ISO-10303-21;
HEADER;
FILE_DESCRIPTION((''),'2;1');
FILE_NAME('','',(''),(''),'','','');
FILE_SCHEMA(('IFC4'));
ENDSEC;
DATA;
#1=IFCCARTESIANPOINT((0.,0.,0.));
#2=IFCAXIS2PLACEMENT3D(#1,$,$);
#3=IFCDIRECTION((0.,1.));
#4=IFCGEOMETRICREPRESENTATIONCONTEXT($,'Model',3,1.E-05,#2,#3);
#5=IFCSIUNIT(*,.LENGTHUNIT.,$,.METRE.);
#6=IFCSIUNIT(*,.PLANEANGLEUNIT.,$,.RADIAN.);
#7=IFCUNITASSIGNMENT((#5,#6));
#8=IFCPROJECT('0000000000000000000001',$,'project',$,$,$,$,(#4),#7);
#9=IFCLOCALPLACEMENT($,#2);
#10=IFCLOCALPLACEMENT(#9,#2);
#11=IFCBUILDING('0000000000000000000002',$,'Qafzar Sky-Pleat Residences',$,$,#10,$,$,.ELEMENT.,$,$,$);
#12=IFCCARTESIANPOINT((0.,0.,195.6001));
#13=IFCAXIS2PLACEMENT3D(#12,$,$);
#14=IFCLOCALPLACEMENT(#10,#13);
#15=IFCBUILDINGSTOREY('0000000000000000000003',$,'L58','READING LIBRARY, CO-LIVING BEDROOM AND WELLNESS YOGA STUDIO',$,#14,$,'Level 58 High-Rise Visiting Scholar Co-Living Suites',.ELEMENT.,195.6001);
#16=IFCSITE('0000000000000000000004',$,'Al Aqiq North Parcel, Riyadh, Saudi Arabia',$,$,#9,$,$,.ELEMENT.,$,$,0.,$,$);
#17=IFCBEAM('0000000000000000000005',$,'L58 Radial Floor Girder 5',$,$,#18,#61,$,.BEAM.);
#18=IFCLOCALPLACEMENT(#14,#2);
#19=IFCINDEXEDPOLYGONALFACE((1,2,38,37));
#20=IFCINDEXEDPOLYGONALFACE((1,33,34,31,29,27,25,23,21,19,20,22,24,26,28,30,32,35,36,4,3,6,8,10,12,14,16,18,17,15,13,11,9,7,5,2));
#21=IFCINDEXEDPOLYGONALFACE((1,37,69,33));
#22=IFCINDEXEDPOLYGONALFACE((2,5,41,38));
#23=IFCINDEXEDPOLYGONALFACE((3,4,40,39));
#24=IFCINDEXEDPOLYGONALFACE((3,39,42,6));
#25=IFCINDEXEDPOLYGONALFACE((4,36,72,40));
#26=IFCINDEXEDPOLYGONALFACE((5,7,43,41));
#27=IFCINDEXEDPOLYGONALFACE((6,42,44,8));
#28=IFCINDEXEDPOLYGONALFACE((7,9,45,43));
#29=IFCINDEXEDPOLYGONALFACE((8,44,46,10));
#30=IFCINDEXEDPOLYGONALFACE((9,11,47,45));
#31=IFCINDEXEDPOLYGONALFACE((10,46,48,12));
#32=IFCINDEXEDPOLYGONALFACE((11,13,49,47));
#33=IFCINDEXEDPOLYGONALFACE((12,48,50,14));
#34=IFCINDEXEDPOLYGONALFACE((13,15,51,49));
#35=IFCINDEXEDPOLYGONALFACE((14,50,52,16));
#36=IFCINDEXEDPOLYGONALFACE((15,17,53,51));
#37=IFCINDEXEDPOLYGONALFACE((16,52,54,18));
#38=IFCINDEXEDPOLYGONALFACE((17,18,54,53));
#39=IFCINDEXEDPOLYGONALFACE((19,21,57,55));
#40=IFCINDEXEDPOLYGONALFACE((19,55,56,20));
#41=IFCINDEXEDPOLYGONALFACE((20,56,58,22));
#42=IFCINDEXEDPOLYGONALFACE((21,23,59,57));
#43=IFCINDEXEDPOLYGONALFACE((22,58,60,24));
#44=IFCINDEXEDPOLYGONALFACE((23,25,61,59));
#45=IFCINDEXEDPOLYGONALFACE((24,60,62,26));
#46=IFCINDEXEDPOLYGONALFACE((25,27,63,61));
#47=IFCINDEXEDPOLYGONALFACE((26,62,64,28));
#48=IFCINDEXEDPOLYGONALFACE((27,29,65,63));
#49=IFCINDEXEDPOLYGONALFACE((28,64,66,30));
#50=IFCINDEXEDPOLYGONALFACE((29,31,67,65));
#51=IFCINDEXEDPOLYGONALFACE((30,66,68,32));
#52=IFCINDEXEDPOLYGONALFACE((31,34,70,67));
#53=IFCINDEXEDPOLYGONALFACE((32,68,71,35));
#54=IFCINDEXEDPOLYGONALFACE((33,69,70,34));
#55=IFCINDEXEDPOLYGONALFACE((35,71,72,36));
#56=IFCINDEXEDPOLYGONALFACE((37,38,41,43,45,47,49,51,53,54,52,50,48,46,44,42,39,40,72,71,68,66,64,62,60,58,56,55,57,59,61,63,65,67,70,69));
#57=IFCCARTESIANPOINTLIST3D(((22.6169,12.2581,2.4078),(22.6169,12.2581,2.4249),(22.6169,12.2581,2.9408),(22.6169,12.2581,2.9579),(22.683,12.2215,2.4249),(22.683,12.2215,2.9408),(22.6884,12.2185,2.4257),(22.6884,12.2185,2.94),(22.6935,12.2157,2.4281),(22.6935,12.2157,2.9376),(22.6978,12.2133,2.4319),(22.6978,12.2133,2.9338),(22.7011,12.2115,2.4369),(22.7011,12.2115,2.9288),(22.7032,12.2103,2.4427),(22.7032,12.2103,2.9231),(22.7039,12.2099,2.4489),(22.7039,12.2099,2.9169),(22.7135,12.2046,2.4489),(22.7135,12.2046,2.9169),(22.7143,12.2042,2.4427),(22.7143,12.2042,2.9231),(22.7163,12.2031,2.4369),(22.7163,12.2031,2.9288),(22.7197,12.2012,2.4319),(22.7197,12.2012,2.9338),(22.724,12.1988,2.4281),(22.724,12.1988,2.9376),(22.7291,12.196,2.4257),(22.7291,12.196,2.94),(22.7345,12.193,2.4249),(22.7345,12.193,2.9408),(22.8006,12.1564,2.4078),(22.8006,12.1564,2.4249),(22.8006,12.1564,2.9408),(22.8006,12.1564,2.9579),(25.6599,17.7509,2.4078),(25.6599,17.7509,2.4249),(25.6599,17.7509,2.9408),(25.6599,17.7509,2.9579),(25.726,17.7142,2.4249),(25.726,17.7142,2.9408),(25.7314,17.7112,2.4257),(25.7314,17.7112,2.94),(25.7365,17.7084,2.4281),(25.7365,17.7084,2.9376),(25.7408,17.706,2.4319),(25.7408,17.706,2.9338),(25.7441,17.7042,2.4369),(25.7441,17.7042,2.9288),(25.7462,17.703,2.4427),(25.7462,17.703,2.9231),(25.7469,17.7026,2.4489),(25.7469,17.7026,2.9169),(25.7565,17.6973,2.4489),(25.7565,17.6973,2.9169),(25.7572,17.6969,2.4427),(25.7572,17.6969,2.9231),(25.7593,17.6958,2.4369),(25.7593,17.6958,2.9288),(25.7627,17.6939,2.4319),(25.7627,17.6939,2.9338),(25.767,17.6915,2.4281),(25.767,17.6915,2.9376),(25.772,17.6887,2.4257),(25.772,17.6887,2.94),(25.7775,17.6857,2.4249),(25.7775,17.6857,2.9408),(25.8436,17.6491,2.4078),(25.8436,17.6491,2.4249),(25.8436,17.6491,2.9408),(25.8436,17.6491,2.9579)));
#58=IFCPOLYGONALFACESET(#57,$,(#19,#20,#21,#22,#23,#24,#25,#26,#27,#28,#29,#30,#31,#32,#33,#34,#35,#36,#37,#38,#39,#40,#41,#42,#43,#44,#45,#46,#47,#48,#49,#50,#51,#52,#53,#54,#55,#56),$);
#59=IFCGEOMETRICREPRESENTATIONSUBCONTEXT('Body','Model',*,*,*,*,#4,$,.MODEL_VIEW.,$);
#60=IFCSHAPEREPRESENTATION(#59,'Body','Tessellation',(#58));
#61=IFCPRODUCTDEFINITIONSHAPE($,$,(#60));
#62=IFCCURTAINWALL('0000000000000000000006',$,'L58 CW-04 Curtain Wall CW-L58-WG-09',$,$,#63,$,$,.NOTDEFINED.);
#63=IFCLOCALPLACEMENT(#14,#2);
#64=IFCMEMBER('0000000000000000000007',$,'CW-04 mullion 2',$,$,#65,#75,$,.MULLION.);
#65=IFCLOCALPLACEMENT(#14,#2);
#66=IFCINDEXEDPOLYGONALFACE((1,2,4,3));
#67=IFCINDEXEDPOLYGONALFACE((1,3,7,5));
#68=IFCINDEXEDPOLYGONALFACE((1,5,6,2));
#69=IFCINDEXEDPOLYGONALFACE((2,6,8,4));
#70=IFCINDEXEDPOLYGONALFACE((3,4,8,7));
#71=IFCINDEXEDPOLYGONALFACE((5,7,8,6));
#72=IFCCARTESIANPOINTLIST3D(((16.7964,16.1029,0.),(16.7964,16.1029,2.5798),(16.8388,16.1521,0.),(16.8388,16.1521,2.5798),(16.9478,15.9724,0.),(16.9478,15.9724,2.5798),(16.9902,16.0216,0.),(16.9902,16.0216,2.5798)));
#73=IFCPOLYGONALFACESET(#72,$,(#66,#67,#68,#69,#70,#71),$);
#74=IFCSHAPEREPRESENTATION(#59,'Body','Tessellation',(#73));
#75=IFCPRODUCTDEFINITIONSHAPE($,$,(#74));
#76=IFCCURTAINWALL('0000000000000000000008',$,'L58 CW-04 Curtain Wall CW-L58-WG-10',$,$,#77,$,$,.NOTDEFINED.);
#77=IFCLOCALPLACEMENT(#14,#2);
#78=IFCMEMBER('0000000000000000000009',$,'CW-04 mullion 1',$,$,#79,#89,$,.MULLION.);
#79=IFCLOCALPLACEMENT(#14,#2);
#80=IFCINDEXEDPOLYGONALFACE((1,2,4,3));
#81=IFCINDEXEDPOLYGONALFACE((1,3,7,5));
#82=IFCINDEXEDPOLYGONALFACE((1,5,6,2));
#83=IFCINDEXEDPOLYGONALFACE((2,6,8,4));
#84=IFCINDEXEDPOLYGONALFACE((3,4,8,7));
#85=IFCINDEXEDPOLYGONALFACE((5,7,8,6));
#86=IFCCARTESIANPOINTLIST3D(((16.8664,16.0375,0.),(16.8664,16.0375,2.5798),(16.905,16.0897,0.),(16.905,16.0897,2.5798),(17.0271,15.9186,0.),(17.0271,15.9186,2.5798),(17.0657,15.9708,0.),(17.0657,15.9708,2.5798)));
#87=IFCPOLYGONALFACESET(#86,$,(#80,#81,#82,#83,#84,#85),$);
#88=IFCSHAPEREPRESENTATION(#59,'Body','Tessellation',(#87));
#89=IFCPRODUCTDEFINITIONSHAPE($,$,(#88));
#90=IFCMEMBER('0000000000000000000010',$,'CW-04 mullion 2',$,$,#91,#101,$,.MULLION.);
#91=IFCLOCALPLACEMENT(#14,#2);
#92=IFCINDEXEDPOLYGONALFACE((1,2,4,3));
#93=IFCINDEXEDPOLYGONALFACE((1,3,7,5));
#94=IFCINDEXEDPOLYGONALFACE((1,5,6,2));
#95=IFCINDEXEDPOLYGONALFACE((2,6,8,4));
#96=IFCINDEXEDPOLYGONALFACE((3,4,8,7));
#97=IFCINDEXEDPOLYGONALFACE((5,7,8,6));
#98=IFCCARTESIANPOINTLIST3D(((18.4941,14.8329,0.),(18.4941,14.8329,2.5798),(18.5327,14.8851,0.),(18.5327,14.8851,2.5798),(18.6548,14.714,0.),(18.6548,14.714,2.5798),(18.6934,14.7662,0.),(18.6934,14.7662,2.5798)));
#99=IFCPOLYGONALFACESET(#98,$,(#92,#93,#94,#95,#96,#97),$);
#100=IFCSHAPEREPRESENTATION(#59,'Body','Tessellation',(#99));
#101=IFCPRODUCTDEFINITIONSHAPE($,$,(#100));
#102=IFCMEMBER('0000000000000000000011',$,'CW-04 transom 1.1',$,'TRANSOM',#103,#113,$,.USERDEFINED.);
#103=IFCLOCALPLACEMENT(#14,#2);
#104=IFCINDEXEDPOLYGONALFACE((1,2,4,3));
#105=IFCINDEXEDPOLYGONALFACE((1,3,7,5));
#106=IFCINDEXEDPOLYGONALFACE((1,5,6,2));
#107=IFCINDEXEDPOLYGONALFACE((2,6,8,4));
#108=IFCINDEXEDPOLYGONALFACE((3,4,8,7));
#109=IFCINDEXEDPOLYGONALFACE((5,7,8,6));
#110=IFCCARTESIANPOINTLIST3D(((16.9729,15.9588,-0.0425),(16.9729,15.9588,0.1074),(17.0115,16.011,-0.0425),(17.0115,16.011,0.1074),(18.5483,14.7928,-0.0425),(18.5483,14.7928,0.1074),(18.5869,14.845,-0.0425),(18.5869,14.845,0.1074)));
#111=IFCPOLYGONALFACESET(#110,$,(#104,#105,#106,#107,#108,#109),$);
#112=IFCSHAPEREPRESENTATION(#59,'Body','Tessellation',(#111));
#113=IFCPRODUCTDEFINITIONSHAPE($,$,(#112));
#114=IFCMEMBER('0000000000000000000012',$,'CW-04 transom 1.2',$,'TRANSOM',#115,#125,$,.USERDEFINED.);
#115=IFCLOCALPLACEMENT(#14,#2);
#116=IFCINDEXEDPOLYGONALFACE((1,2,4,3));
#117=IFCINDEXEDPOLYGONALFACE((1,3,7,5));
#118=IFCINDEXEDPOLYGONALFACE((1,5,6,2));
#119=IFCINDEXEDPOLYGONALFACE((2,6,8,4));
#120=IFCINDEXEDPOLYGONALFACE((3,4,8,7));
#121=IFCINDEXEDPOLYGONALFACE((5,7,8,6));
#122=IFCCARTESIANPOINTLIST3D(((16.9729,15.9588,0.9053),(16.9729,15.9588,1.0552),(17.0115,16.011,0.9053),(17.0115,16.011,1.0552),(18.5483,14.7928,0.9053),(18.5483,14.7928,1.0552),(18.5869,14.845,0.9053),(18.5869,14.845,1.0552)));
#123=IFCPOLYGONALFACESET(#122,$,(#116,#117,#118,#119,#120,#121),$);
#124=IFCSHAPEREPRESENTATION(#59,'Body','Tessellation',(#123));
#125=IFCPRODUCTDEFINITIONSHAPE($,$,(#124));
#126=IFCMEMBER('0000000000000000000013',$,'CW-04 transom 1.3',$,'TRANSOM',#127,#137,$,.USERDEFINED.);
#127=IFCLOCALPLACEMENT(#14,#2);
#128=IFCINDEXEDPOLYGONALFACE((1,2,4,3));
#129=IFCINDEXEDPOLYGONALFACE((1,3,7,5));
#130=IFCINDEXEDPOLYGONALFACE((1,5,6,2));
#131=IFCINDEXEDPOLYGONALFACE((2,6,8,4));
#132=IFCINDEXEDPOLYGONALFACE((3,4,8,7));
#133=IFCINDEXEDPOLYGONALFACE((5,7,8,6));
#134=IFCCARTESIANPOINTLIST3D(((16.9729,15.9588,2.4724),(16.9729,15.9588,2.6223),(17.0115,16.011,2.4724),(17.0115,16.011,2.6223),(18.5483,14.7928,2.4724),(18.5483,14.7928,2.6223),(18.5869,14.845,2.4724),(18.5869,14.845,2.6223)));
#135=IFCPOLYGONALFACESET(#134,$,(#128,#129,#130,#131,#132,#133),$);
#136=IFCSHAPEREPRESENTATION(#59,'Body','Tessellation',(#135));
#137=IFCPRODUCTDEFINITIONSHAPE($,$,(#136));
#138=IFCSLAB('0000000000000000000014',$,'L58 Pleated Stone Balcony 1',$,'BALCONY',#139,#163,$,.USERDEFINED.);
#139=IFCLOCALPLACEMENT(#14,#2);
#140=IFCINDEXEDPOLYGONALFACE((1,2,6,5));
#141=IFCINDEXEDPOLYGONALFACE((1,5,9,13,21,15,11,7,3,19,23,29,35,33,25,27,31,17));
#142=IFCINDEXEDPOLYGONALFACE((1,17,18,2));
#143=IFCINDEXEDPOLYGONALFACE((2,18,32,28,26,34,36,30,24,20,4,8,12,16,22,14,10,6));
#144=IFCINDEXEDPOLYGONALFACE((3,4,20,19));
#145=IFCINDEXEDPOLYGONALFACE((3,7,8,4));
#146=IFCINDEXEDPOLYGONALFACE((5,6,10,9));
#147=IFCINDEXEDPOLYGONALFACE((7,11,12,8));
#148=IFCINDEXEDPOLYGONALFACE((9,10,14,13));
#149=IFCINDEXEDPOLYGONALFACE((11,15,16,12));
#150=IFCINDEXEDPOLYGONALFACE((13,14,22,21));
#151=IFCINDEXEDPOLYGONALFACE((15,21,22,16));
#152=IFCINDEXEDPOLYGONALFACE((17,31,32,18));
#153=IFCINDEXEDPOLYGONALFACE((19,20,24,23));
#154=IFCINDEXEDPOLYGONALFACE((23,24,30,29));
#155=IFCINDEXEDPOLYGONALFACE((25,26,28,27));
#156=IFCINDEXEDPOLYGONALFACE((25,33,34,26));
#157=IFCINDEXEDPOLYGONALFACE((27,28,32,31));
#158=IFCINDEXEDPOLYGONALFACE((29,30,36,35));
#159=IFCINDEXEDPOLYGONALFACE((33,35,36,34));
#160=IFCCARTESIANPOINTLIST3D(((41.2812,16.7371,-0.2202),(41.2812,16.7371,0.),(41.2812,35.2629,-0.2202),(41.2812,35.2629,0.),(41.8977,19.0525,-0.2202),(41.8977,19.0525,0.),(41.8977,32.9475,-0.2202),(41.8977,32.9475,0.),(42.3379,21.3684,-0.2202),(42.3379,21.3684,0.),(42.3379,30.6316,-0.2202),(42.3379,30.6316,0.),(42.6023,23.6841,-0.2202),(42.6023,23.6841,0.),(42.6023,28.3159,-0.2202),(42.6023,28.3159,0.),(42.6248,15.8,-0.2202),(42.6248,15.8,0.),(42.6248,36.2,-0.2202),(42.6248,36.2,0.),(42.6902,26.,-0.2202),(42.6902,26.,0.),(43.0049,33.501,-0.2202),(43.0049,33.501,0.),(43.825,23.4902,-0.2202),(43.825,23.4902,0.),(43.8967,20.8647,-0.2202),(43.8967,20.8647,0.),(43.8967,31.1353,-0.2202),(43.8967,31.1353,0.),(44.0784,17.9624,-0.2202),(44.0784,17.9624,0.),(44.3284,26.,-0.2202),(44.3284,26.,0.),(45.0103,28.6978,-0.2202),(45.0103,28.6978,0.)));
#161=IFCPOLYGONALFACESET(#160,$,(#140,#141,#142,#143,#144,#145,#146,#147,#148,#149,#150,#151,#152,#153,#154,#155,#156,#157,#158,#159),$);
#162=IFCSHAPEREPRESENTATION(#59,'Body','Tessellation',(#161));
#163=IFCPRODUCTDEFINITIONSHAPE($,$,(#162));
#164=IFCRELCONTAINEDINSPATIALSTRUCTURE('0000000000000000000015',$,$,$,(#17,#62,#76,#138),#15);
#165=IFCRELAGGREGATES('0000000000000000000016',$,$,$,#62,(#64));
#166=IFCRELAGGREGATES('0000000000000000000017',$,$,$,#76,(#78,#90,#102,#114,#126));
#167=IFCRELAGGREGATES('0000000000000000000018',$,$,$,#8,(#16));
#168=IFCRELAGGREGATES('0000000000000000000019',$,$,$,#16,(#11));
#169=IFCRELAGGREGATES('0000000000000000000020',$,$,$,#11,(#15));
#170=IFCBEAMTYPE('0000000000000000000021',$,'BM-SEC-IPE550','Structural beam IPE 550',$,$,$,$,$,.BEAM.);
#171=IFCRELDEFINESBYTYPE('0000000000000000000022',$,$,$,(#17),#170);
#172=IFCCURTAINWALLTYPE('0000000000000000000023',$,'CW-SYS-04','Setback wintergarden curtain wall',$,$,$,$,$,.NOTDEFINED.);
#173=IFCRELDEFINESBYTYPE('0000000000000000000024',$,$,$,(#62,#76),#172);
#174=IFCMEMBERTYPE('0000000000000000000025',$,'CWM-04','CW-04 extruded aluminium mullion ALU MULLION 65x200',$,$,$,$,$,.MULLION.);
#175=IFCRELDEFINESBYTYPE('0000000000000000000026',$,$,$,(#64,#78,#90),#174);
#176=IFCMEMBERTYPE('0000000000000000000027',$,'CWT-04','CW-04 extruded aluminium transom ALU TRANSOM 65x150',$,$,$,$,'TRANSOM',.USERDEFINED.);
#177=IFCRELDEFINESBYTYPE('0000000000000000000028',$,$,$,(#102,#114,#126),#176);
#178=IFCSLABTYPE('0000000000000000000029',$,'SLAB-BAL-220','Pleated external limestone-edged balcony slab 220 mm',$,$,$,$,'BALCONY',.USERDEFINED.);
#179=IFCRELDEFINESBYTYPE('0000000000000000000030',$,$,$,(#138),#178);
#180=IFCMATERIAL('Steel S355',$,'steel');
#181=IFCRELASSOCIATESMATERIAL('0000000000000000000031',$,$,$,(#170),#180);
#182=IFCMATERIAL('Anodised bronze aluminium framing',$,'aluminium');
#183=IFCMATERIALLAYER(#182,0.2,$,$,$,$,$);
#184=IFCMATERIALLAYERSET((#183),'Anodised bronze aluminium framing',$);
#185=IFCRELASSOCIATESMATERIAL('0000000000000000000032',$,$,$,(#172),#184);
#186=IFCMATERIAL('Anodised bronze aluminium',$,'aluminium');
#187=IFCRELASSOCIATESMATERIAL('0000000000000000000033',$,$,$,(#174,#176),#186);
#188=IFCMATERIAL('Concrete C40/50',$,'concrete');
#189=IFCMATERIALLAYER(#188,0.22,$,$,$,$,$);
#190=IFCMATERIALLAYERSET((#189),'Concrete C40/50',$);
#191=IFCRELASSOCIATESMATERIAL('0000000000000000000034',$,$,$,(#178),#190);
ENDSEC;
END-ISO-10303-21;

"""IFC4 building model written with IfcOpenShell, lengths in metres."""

from ifc_helpers import new_model, si_unit, direction, frame, origin, origin_2d, place, context, subcontext, project, spatial, polyline, rectangle, i_section, outline, extrude, source, transform, mapped, material, layer, layer_set, material_profile, profile_set, type_object, element, aggregate, save


model = new_model("IFC4")

# Units and contexts
model_context = context("Model", 3, precision=1e-05, world=origin(), true_north=direction((0.0, 1.0)))
body_context = subcontext(model_context, "Body", "Model", "MODEL_VIEW")
ifc_project = project(units=[si_unit("LENGTHUNIT", "METRE"), si_unit("PLANEANGLEUNIT", "RADIAN")], contexts=[model_context])

# Site, building, storey
site_placement = place(None, origin())
site = spatial("IfcSite", under=ifc_project, at=site_placement, Name="Al Aqiq North Parcel, Riyadh, Saudi Arabia", CompositionType="ELEMENT", RefElevation=0.0)
building_placement = place(site_placement, origin())
building = spatial("IfcBuilding", under=site, at=building_placement, Name="Qafzar Sky-Pleat Residences", CompositionType="ELEMENT")
storey_placement = place(building_placement, frame((0.0, 0.0, 195.6001)))
storey = spatial("IfcBuildingStorey", under=building, at=storey_placement, Name="L58", Description="READING LIBRARY, CO-LIVING BEDROOM AND WELLNESS YOGA STUDIO", LongName="Level 58 High-Rise Visiting Scholar Co-Living Suites", CompositionType="ELEMENT", Elevation=195.6001)

# Shared definitions
ifc_material_1 = material(Name="Steel S355", Category="steel")

# Beam
ifc_material_profile_1 = material_profile(ifc_material_1, i_section(OverallWidth=0.21, OverallDepth=0.55, WebThickness=0.011, FlangeThickness=0.0171, FilletRadius=0.0239, at=origin_2d()), Name="IPE 550")
ifc_profile_set_1 = profile_set([ifc_material_profile_1], Name="Steel S355")
beam_type_1 = type_object("IfcBeamType", Name="BM-SEC-IPE550", Description="Structural beam IPE 550", PredefinedType="BEAM", material=ifc_profile_set_1)
shared_shape_1 = source(origin(), body_context, "Body", "SweptSolid", [
    extrude(i_section(OverallWidth=0.21, OverallDepth=0.55, WebThickness=0.011, FlangeThickness=0.0171, FilletRadius=0.0239, at=origin_2d()), origin(), (0.0, 0.0, 1.0), 6.2793),
])
beam_1_placement = place(storey_placement, frame((22.7087, 12.2073, 2.6829), z_axis=(0.484606, 0.874733, 0.0), x_axis=(-0.874733, 0.484606, 0.0)))
element("IfcBeam", 1, at=beam_1_placement, inside=storey, type_object=beam_type_1, Name="L58 Radial Floor Girder 5", PredefinedType="BEAM", context=body_context, shape_type="MappedRepresentation", body=[
    mapped(shared_shape_1, transform((0.0, 0.0, 0.0), x_axis=(1.0, 0.0, 0.0), y_axis=(0.0, 1.0, 0.0), z_axis=(0.0, 0.0, 1.0), scale=1.0)),
])

# Curtain wall, member
ifc_material_2 = material(Name="Anodised bronze aluminium framing", Category="aluminium")
ifc_layer_1 = layer(ifc_material_2, 0.2)
ifc_layer_set_1 = layer_set([ifc_layer_1], Name="Anodised bronze aluminium framing")
curtain_wall_type = type_object("IfcCurtainWallType", Name="CW-SYS-04", Description="Setback wintergarden curtain wall", PredefinedType="NOTDEFINED", material=ifc_layer_set_1)
curtain_wall_1_placement = place(storey_placement, origin())
curtain_wall_1 = element("IfcCurtainWall", 2, at=curtain_wall_1_placement, inside=storey, type_object=curtain_wall_type, Name="L58 CW-04 Curtain Wall CW-L58-WG-09", PredefinedType="NOTDEFINED")
ifc_material_3 = material(Name="Anodised bronze aluminium", Category="aluminium")
ifc_material_profile_2 = material_profile(ifc_material_3, rectangle(XDim=0.0649, YDim=0.2, at=origin_2d()), Name="ALU MULLION 65x200")
ifc_profile_set_2 = profile_set([ifc_material_profile_2], Name="Anodised bronze aluminium")
member_type_1 = type_object("IfcMemberType", Name="CWM-04", Description="CW-04 extruded aluminium mullion ALU MULLION 65x200", PredefinedType="MULLION", material=ifc_profile_set_2)
shared_shape_2 = source(origin(), body_context, "Body", "SweptSolid", [
    extrude(rectangle(XDim=0.0649, YDim=0.2, at=origin_2d()), origin(), (0.0, 0.0, 1.0), 2.5798),
])
member_1_placement = place(storey_placement, frame((16.8933, 16.0623, 0.0), z_axis=(0.0, 0.0, 1.0), x_axis=(0.652873, 0.757467, 0.0)))
member_1 = element("IfcMember", 3, at=member_1_placement, type_object=member_type_1, Name="CW-04 mullion 2", PredefinedType="MULLION", context=body_context, shape_type="MappedRepresentation", body=[
    mapped(shared_shape_2, transform((0.0, 0.0, 0.0), x_axis=(1.0, 0.0, 0.0), y_axis=(0.0, 1.0, 0.0), z_axis=(0.0, 0.0, 1.0), scale=1.0)),
])

# Curtain wall, members
curtain_wall_2_placement = place(storey_placement, origin())
curtain_wall_2 = element("IfcCurtainWall", 4, at=curtain_wall_2_placement, inside=storey, type_object=curtain_wall_type, Name="L58 CW-04 Curtain Wall CW-L58-WG-10", PredefinedType="NOTDEFINED")
member_2_placement = place(storey_placement, frame((16.9661, 16.0042, 0.0), z_axis=(0.0, 0.0, 1.0), x_axis=(0.594866, 0.803825, 0.0)))
member_2 = element("IfcMember", 5, at=member_2_placement, type_object=member_type_1, Name="CW-04 mullion 1", PredefinedType="MULLION", context=body_context, shape_type="MappedRepresentation", body=[
    mapped(shared_shape_2, transform((0.0, 0.0, 0.0), x_axis=(1.0, 0.0, 0.0), y_axis=(0.0, 1.0, 0.0), z_axis=(0.0, 0.0, 1.0), scale=1.0)),
])
member_3_placement = place(storey_placement, frame((18.5938, 14.7996, 0.0), z_axis=(0.0, 0.0, 1.0), x_axis=(0.594866, 0.803825, 0.0)))
member_3 = element("IfcMember", 6, at=member_3_placement, type_object=member_type_1, Name="CW-04 mullion 2", PredefinedType="MULLION", context=body_context, shape_type="MappedRepresentation", body=[
    mapped(shared_shape_2, transform((0.0, 0.0, 0.0), x_axis=(1.0, 0.0, 0.0), y_axis=(0.0, 1.0, 0.0), z_axis=(0.0, 0.0, 1.0), scale=1.0)),
])
ifc_material_profile_3 = material_profile(ifc_material_3, rectangle(XDim=0.0649, YDim=0.1499, at=origin_2d()), Name="ALU TRANSOM 65x150")
ifc_profile_set_3 = profile_set([ifc_material_profile_3], Name="Anodised bronze aluminium")
member_type_2 = type_object("IfcMemberType", Name="CWT-04", Description="CW-04 extruded aluminium transom ALU TRANSOM 65x150", ElementType="TRANSOM", PredefinedType="USERDEFINED", material=ifc_profile_set_3)
shared_shape_3 = source(origin(), body_context, "Body", "SweptSolid", [
    extrude(rectangle(XDim=0.0649, YDim=0.1499, at=origin_2d()), origin(), (0.0, 0.0, 1.0), 1.96),
])
member_4_placement = place(storey_placement, frame((16.9922, 15.9849, 0.0325), z_axis=(0.803795, -0.594906, 0.0), x_axis=(0.594906, 0.803795, 0.0)))
member_4 = element("IfcMember", 7, at=member_4_placement, type_object=member_type_2, Name="CW-04 transom 1.1", ObjectType="TRANSOM", PredefinedType="USERDEFINED", context=body_context, shape_type="MappedRepresentation", body=[
    mapped(shared_shape_3, transform((0.0, 0.0, 0.0), x_axis=(1.0, 0.0, 0.0), y_axis=(0.0, 1.0, 0.0), z_axis=(0.0, 0.0, 1.0), scale=1.0)),
])
member_5_placement = place(storey_placement, frame((16.9922, 15.9849, 0.9802), z_axis=(0.803795, -0.594906, 0.0), x_axis=(0.594906, 0.803795, 0.0)))
member_5 = element("IfcMember", 8, at=member_5_placement, type_object=member_type_2, Name="CW-04 transom 1.2", ObjectType="TRANSOM", PredefinedType="USERDEFINED", context=body_context, shape_type="MappedRepresentation", body=[
    mapped(shared_shape_3, transform((0.0, 0.0, 0.0), x_axis=(1.0, 0.0, 0.0), y_axis=(0.0, 1.0, 0.0), z_axis=(0.0, 0.0, 1.0), scale=1.0)),
])
member_6_placement = place(storey_placement, frame((16.9922, 15.9849, 2.5474), z_axis=(0.803795, -0.594906, 0.0), x_axis=(0.594906, 0.803795, 0.0)))
member_6 = element("IfcMember", 9, at=member_6_placement, type_object=member_type_2, Name="CW-04 transom 1.3", ObjectType="TRANSOM", PredefinedType="USERDEFINED", context=body_context, shape_type="MappedRepresentation", body=[
    mapped(shared_shape_3, transform((0.0, 0.0, 0.0), x_axis=(1.0, 0.0, 0.0), y_axis=(0.0, 1.0, 0.0), z_axis=(0.0, 0.0, 1.0), scale=1.0)),
])

# Slab
ifc_material_4 = material(Name="Concrete C40/50", Category="concrete")
ifc_layer_2 = layer(ifc_material_4, 0.22)
ifc_layer_set_2 = layer_set([ifc_layer_2], Name="Concrete C40/50")
slab_type_1 = type_object("IfcSlabType", Name="SLAB-BAL-220", Description="Pleated external limestone-edged balcony slab 220 mm", ElementType="BALCONY", PredefinedType="USERDEFINED", material=ifc_layer_set_2)
slab_1_placement = place(storey_placement, frame((0.0, 0.0, -0.2202)))
element("IfcSlab", 10, at=slab_1_placement, inside=storey, type_object=slab_type_1, Name="L58 Pleated Stone Balcony 1", ObjectType="BALCONY", PredefinedType="USERDEFINED", context=body_context, shape_type="SweptSolid", body=[
    extrude(outline(polyline([(41.8977, 19.0525), (42.3379, 21.3684), (42.6023, 23.6841), (42.6902, 26.0), (42.6023, 28.3159), (42.3379, 30.6316), (41.8977, 32.9475), (41.2812, 35.2629), (42.6248, 36.2), (43.0049, 33.501), (43.8967, 31.1353), (45.0103, 28.6978), (44.3284, 26.0), (43.825, 23.4902), (43.8967, 20.8647), (44.0784, 17.9624), (42.6248, 15.8), (41.2812, 16.7371), (41.8977, 19.0525)])), origin(), (0.0, 0.0, 1.0), 0.2202),
])

aggregate(curtain_wall_1, [member_1])
aggregate(curtain_wall_2, [member_2, member_3, member_4, member_5, member_6])

save(model, "model.ifc")
